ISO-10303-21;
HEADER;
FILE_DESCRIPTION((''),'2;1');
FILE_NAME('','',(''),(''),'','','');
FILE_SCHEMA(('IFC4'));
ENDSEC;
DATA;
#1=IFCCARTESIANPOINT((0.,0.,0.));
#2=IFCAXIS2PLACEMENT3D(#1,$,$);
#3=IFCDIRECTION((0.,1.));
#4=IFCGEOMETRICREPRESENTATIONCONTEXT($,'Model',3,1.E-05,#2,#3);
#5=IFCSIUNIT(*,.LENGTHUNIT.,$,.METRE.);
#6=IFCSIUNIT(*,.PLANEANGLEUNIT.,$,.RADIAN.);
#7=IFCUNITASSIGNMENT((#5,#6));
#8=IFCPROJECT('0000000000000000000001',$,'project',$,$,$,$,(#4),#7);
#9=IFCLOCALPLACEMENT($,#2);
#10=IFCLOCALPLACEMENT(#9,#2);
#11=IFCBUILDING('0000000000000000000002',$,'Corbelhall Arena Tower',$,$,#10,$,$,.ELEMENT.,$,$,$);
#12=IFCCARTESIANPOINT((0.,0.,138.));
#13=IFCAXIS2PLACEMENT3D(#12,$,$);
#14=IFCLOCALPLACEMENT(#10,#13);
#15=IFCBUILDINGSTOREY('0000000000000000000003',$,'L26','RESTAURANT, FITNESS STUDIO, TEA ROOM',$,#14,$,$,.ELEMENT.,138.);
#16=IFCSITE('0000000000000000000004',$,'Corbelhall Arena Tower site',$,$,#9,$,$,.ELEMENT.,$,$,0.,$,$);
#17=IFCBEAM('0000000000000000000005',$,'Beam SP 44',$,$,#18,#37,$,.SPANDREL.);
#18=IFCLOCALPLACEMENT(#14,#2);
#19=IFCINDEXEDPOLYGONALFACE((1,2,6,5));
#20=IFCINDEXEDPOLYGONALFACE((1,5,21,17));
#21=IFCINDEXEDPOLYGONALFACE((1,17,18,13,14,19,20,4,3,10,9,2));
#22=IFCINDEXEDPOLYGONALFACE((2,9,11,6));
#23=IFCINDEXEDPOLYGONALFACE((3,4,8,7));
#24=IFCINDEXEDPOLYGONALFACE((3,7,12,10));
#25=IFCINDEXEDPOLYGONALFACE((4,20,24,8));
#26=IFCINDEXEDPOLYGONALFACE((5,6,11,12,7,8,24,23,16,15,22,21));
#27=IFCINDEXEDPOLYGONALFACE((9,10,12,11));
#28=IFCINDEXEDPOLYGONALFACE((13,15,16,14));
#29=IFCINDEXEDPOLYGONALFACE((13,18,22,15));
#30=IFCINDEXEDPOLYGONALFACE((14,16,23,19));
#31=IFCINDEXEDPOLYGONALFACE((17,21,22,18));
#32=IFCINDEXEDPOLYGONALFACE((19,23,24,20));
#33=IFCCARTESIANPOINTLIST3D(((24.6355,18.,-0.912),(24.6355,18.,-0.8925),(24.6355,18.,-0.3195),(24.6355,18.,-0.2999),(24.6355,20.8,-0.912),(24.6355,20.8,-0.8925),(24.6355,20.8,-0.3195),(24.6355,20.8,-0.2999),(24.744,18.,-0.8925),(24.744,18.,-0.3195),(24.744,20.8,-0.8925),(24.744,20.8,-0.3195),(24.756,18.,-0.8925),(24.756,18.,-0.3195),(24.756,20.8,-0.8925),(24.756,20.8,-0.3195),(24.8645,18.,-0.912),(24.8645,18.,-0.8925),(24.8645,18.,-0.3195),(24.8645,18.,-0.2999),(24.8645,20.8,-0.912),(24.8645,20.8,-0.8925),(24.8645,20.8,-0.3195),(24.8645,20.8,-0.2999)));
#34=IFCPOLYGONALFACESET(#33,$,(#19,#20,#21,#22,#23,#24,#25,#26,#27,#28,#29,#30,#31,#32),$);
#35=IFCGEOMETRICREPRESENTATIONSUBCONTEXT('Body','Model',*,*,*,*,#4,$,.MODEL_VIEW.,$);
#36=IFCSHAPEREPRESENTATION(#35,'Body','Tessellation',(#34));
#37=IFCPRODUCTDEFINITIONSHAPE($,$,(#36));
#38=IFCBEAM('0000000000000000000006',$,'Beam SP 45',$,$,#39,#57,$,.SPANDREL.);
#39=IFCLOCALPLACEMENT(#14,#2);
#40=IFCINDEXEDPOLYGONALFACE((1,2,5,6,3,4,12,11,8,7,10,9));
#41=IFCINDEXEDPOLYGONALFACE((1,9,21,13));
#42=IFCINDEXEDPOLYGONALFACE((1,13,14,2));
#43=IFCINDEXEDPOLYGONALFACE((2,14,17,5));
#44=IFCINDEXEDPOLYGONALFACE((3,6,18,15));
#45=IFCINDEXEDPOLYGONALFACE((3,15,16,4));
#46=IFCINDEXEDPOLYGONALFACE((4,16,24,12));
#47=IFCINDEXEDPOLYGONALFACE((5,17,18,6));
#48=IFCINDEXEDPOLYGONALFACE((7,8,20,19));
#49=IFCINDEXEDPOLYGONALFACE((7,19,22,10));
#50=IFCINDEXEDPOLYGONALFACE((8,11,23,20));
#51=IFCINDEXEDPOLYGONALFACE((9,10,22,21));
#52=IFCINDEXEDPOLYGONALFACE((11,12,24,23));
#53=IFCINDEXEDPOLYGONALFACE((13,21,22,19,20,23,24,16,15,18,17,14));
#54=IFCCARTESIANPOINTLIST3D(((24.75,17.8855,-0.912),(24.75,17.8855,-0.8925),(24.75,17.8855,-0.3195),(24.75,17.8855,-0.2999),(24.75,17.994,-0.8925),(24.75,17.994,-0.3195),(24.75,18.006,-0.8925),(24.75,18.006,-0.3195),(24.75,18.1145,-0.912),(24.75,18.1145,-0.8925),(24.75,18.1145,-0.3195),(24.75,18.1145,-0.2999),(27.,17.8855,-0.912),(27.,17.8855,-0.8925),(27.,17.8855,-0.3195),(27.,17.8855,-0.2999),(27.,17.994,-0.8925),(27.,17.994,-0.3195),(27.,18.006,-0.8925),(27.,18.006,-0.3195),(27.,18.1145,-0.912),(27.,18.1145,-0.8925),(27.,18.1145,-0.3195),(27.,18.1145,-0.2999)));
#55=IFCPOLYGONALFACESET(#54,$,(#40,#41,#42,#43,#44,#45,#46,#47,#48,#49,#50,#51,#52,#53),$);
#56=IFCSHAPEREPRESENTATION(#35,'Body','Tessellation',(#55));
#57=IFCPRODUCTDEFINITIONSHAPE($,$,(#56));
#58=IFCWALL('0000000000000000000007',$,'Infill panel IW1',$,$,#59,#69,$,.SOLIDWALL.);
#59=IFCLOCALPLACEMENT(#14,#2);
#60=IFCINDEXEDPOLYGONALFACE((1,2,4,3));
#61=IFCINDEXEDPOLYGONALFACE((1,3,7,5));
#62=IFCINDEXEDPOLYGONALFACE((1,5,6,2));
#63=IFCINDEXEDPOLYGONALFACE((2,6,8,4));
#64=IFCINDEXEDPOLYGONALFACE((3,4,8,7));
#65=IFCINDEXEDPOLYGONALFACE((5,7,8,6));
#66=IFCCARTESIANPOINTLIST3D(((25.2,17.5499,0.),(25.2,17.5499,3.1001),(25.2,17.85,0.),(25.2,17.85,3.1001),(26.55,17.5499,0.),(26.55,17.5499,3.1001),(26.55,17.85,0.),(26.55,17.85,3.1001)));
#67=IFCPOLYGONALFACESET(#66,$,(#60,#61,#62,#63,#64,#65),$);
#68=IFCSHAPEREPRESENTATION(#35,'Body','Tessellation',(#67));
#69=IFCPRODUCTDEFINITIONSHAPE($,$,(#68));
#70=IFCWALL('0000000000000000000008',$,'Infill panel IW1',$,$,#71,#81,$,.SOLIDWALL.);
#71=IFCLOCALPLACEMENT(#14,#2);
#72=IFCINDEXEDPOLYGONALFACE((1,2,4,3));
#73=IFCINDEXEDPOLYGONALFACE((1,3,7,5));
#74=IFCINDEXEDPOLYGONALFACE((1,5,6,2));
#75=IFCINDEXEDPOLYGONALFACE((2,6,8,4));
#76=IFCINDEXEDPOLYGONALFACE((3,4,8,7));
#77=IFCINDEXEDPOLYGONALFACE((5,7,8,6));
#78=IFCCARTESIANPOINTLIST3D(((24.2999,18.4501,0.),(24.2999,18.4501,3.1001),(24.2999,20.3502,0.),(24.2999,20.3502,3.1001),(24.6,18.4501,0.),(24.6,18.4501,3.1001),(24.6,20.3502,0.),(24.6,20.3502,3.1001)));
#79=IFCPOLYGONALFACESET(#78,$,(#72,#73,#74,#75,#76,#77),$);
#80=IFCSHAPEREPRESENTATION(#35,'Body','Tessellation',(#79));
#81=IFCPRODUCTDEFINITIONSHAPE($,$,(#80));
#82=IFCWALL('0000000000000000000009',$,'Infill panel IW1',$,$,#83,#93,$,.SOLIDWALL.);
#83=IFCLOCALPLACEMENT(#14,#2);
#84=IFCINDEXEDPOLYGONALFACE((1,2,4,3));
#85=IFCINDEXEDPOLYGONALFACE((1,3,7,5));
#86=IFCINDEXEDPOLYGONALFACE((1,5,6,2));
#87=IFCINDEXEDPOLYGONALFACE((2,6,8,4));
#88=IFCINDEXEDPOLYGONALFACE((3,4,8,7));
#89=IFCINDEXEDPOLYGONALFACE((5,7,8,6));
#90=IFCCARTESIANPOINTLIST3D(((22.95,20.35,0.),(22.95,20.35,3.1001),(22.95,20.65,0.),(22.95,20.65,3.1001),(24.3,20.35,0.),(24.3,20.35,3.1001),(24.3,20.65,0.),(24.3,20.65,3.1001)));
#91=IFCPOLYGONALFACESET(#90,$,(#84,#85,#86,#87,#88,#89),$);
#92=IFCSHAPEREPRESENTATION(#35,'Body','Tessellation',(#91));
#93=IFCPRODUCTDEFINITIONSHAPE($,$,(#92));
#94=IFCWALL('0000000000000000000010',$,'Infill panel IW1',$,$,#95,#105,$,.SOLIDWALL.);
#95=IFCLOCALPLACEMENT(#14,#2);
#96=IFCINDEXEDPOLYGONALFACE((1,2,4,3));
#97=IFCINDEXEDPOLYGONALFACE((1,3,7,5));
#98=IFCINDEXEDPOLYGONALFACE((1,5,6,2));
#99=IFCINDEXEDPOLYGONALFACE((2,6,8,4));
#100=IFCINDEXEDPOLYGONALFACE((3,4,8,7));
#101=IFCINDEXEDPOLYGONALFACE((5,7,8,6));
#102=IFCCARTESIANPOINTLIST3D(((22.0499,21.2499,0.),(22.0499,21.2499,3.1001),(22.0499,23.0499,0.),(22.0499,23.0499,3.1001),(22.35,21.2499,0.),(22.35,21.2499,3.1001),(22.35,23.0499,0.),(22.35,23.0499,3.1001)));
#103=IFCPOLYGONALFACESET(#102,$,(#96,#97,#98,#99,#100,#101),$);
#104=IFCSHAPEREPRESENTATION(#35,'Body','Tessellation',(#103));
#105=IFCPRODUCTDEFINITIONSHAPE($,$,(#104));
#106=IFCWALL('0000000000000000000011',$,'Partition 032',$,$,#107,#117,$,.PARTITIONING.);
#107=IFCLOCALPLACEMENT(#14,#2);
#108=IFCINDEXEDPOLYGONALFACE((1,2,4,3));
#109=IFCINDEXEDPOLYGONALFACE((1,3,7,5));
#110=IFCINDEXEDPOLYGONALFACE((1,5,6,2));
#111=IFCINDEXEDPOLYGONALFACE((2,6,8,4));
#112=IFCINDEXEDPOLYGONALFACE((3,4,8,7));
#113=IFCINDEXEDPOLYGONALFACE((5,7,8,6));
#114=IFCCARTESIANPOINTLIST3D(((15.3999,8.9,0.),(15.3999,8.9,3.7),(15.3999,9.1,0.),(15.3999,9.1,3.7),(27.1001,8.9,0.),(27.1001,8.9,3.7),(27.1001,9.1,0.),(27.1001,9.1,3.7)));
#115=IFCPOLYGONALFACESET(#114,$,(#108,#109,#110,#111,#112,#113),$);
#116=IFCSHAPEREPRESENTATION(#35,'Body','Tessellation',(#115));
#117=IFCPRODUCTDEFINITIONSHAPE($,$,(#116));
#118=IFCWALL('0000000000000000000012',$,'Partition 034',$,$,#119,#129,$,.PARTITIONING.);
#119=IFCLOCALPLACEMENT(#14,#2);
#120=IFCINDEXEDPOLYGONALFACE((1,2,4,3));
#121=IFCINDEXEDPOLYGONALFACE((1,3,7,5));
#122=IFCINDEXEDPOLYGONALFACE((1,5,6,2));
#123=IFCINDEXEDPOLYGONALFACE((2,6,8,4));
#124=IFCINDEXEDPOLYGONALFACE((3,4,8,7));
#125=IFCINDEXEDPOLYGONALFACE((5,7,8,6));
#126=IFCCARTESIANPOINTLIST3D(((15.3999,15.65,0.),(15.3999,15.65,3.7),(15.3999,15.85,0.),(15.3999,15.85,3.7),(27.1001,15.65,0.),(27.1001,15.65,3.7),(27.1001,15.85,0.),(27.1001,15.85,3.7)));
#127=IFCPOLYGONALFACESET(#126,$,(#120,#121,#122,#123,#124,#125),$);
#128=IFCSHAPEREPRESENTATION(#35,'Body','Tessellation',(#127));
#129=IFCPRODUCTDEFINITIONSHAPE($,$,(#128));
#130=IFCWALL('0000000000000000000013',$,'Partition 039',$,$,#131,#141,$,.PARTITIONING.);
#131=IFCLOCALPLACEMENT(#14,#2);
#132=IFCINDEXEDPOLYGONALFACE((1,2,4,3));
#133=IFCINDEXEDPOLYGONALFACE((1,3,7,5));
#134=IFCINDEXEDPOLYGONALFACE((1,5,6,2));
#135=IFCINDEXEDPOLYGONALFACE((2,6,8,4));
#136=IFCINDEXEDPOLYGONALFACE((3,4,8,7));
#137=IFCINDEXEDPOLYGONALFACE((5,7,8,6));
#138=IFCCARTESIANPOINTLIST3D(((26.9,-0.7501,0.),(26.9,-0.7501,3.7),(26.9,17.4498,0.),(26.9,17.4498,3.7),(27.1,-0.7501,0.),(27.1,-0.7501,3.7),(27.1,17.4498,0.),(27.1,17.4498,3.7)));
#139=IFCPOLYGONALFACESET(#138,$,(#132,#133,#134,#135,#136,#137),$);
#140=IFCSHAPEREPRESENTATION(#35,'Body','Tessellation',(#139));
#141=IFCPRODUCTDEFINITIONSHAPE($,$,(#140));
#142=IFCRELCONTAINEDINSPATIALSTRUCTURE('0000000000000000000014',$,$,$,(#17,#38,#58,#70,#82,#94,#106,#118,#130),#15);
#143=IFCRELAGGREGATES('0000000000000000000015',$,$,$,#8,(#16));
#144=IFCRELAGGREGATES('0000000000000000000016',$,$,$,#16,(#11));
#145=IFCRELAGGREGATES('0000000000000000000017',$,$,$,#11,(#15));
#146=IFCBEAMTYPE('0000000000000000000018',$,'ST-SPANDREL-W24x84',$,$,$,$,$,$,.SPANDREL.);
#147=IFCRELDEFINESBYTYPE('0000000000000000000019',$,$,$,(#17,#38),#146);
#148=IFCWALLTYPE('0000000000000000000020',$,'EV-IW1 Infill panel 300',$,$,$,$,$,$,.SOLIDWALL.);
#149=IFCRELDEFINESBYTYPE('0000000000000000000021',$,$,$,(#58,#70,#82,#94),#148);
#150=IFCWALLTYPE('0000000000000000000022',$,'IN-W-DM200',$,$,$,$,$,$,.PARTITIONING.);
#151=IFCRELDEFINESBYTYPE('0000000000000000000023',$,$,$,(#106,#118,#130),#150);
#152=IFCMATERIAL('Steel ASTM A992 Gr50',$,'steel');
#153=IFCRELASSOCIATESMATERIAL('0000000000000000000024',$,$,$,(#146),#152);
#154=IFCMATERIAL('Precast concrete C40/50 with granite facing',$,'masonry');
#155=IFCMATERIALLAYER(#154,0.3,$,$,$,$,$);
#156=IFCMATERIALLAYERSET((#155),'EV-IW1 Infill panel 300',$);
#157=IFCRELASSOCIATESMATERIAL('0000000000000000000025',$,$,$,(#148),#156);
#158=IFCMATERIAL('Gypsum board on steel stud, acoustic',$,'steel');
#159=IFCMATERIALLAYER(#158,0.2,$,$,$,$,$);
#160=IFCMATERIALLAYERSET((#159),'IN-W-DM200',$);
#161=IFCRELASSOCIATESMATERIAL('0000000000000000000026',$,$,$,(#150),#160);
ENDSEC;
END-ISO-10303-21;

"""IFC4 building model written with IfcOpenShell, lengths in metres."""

from ifc_helpers import new_model, si_unit, direction, frame, frame_2d, origin, origin_2d, place, context, subcontext, project, spatial, rectangle, i_section, extrude, material, layer, layer_set, material_profile, profile_set, type_object, element, save


model = new_model("IFC4")

# Units and contexts
model_context = context("Model", 3, precision=1e-05, world=origin(), true_north=direction((0.0, 1.0)))
body_context = subcontext(model_context, "Body", "Model", "MODEL_VIEW")
ifc_project = project(units=[si_unit("LENGTHUNIT", "METRE"), si_unit("PLANEANGLEUNIT", "RADIAN")], contexts=[model_context])

# Site, building, storey
site_placement = place(None, origin())
site = spatial("IfcSite", under=ifc_project, at=site_placement, Name="Corbelhall Arena Tower site", CompositionType="ELEMENT", RefElevation=0.0)
building_placement = place(site_placement, origin())
building = spatial("IfcBuilding", under=site, at=building_placement, Name="Corbelhall Arena Tower", CompositionType="ELEMENT")
storey_placement = place(building_placement, frame((0.0, 0.0, 138.0)))
storey = spatial("IfcBuildingStorey", under=building, at=storey_placement, Name="L26", Description="RESTAURANT, FITNESS STUDIO, TEA ROOM", CompositionType="ELEMENT", Elevation=138.0)

# Beams
ifc_material_1 = material(Name="Steel ASTM A992 Gr50", Category="steel")
ifc_material_profile_1 = material_profile(ifc_material_1, i_section(OverallWidth=0.229, OverallDepth=0.6121, WebThickness=0.012, FlangeThickness=0.0195, at=origin_2d()))
ifc_profile_set_1 = profile_set([ifc_material_profile_1], Name="Steel ASTM A992 Gr50")
beam_type = type_object("IfcBeamType", Name="ST-SPANDREL-W24x84", PredefinedType="SPANDREL", material=ifc_profile_set_1)
beam_1_placement = place(storey_placement, frame((24.75, 20.8, -0.606), z_axis=(0.0, -1.0, 0.0), x_axis=(1.0, 0.0, 0.0)))
element("IfcBeam", 1, at=beam_1_placement, inside=storey, type_object=beam_type, Name="Beam SP 44", PredefinedType="SPANDREL", context=body_context, shape_type="SweptSolid", body=[
    extrude(i_section(OverallWidth=0.229, OverallDepth=0.6121, WebThickness=0.012, FlangeThickness=0.0195, at=origin_2d()), origin(), (0.0, 0.0, 1.0), 2.8),
])
beam_2_placement = place(storey_placement, frame((24.75, 18.0, -0.606), z_axis=(1.0, 0.0, 0.0), x_axis=(0.0, 1.0, 0.0)))
element("IfcBeam", 2, at=beam_2_placement, inside=storey, type_object=beam_type, Name="Beam SP 45", PredefinedType="SPANDREL", context=body_context, shape_type="SweptSolid", body=[
    extrude(i_section(OverallWidth=0.229, OverallDepth=0.6121, WebThickness=0.012, FlangeThickness=0.0195, at=origin_2d()), origin(), (0.0, 0.0, 1.0), 2.25),
])

# Walls
ifc_material_2 = material(Name="Precast concrete C40/50 with granite facing", Category="masonry")
ifc_layer_1 = layer(ifc_material_2, 0.3)
ifc_layer_set_1 = layer_set([ifc_layer_1], Name="EV-IW1 Infill panel 300")
wall_type_1 = type_object("IfcWallType", Name="EV-IW1 Infill panel 300", PredefinedType="SOLIDWALL", material=ifc_layer_set_1)
wall_1_placement = place(storey_placement, frame((26.55, 17.7, 0.0), z_axis=(0.0, 0.0, 1.0), x_axis=(-1.0, 0.0, 0.0)))
element("IfcWall", 3, at=wall_1_placement, inside=storey, type_object=wall_type_1, Name="Infill panel IW1", PredefinedType="SOLIDWALL", context=body_context, shape_type="SweptSolid", body=[
    extrude(rectangle(XDim=1.3501, YDim=0.3, at=frame_2d((0.675, 0.0))), origin(), (0.0, 0.0, 1.0), 3.1001),
])
wall_2_placement = place(storey_placement, frame((24.45, 18.45, 0.0), z_axis=(0.0, 0.0, 1.0), x_axis=(0.0, 1.0, 0.0)))
element("IfcWall", 4, at=wall_2_placement, inside=storey, type_object=wall_type_1, Name="Infill panel IW1", PredefinedType="SOLIDWALL", context=body_context, shape_type="SweptSolid", body=[
    extrude(rectangle(XDim=1.9001, YDim=0.3, at=frame_2d((0.9502, 0.0))), origin(), (0.0, 0.0, 1.0), 3.1001),
])
wall_3_placement = place(storey_placement, frame((24.3, 20.5, 0.0), z_axis=(0.0, 0.0, 1.0), x_axis=(-1.0, 0.0, 0.0)))
element("IfcWall", 5, at=wall_3_placement, inside=storey, type_object=wall_type_1, Name="Infill panel IW1", PredefinedType="SOLIDWALL", context=body_context, shape_type="SweptSolid", body=[
    extrude(rectangle(XDim=1.3501, YDim=0.3, at=frame_2d((0.675, 0.0))), origin(), (0.0, 0.0, 1.0), 3.1001),
])
wall_4_placement = place(storey_placement, frame((22.2, 21.25, 0.0), z_axis=(0.0, 0.0, 1.0), x_axis=(0.0, 1.0, 0.0)))
element("IfcWall", 6, at=wall_4_placement, inside=storey, type_object=wall_type_1, Name="Infill panel IW1", PredefinedType="SOLIDWALL", context=body_context, shape_type="SweptSolid", body=[
    extrude(rectangle(XDim=1.8, YDim=0.3, at=frame_2d((0.8999, 0.0))), origin(), (0.0, 0.0, 1.0), 3.1001),
])

# Wall
ifc_material_3 = material(Name="Gypsum board on steel stud, acoustic", Category="steel")
ifc_layer_2 = layer(ifc_material_3, 0.2)
ifc_layer_set_2 = layer_set([ifc_layer_2], Name="IN-W-DM200")
wall_type_2 = type_object("IfcWallType", Name="IN-W-DM200", PredefinedType="PARTITIONING", material=ifc_layer_set_2)
wall_5_placement = place(storey_placement, frame((15.3999, 9.0, 0.0), z_axis=(0.0, 0.0, 1.0), x_axis=(1.0, 0.0, 0.0)))
element("IfcWall", 7, at=wall_5_placement, inside=storey, type_object=wall_type_2, Name="Partition 032", PredefinedType="PARTITIONING", context=body_context, shape_type="SweptSolid", body=[
    extrude(rectangle(XDim=11.7002, YDim=0.2, at=frame_2d((5.8501, 0.0))), origin(), (0.0, 0.0, 1.0), 3.7),
])

# Walls
wall_6_placement = place(storey_placement, frame((15.3999, 15.75, 0.0), z_axis=(0.0, 0.0, 1.0), x_axis=(1.0, 0.0, 0.0)))
element("IfcWall", 8, at=wall_6_placement, inside=storey, type_object=wall_type_2, Name="Partition 034", PredefinedType="PARTITIONING", context=body_context, shape_type="SweptSolid", body=[
    extrude(rectangle(XDim=11.7002, YDim=0.2, at=frame_2d((5.8501, 0.0))), origin(), (0.0, 0.0, 1.0), 3.7),
])
wall_7_placement = place(storey_placement, frame((27.0, 17.45, 0.0), z_axis=(0.0, 0.0, 1.0), x_axis=(0.0, -1.0, 0.0)))
element("IfcWall", 9, at=wall_7_placement, inside=storey, type_object=wall_type_2, Name="Partition 039", PredefinedType="PARTITIONING", context=body_context, shape_type="SweptSolid", body=[
    extrude(rectangle(XDim=18.2, YDim=0.2, at=frame_2d((9.1001, 0.0))), origin(), (0.0, 0.0, 1.0), 3.7),
])

save(model, "model.ifc")
